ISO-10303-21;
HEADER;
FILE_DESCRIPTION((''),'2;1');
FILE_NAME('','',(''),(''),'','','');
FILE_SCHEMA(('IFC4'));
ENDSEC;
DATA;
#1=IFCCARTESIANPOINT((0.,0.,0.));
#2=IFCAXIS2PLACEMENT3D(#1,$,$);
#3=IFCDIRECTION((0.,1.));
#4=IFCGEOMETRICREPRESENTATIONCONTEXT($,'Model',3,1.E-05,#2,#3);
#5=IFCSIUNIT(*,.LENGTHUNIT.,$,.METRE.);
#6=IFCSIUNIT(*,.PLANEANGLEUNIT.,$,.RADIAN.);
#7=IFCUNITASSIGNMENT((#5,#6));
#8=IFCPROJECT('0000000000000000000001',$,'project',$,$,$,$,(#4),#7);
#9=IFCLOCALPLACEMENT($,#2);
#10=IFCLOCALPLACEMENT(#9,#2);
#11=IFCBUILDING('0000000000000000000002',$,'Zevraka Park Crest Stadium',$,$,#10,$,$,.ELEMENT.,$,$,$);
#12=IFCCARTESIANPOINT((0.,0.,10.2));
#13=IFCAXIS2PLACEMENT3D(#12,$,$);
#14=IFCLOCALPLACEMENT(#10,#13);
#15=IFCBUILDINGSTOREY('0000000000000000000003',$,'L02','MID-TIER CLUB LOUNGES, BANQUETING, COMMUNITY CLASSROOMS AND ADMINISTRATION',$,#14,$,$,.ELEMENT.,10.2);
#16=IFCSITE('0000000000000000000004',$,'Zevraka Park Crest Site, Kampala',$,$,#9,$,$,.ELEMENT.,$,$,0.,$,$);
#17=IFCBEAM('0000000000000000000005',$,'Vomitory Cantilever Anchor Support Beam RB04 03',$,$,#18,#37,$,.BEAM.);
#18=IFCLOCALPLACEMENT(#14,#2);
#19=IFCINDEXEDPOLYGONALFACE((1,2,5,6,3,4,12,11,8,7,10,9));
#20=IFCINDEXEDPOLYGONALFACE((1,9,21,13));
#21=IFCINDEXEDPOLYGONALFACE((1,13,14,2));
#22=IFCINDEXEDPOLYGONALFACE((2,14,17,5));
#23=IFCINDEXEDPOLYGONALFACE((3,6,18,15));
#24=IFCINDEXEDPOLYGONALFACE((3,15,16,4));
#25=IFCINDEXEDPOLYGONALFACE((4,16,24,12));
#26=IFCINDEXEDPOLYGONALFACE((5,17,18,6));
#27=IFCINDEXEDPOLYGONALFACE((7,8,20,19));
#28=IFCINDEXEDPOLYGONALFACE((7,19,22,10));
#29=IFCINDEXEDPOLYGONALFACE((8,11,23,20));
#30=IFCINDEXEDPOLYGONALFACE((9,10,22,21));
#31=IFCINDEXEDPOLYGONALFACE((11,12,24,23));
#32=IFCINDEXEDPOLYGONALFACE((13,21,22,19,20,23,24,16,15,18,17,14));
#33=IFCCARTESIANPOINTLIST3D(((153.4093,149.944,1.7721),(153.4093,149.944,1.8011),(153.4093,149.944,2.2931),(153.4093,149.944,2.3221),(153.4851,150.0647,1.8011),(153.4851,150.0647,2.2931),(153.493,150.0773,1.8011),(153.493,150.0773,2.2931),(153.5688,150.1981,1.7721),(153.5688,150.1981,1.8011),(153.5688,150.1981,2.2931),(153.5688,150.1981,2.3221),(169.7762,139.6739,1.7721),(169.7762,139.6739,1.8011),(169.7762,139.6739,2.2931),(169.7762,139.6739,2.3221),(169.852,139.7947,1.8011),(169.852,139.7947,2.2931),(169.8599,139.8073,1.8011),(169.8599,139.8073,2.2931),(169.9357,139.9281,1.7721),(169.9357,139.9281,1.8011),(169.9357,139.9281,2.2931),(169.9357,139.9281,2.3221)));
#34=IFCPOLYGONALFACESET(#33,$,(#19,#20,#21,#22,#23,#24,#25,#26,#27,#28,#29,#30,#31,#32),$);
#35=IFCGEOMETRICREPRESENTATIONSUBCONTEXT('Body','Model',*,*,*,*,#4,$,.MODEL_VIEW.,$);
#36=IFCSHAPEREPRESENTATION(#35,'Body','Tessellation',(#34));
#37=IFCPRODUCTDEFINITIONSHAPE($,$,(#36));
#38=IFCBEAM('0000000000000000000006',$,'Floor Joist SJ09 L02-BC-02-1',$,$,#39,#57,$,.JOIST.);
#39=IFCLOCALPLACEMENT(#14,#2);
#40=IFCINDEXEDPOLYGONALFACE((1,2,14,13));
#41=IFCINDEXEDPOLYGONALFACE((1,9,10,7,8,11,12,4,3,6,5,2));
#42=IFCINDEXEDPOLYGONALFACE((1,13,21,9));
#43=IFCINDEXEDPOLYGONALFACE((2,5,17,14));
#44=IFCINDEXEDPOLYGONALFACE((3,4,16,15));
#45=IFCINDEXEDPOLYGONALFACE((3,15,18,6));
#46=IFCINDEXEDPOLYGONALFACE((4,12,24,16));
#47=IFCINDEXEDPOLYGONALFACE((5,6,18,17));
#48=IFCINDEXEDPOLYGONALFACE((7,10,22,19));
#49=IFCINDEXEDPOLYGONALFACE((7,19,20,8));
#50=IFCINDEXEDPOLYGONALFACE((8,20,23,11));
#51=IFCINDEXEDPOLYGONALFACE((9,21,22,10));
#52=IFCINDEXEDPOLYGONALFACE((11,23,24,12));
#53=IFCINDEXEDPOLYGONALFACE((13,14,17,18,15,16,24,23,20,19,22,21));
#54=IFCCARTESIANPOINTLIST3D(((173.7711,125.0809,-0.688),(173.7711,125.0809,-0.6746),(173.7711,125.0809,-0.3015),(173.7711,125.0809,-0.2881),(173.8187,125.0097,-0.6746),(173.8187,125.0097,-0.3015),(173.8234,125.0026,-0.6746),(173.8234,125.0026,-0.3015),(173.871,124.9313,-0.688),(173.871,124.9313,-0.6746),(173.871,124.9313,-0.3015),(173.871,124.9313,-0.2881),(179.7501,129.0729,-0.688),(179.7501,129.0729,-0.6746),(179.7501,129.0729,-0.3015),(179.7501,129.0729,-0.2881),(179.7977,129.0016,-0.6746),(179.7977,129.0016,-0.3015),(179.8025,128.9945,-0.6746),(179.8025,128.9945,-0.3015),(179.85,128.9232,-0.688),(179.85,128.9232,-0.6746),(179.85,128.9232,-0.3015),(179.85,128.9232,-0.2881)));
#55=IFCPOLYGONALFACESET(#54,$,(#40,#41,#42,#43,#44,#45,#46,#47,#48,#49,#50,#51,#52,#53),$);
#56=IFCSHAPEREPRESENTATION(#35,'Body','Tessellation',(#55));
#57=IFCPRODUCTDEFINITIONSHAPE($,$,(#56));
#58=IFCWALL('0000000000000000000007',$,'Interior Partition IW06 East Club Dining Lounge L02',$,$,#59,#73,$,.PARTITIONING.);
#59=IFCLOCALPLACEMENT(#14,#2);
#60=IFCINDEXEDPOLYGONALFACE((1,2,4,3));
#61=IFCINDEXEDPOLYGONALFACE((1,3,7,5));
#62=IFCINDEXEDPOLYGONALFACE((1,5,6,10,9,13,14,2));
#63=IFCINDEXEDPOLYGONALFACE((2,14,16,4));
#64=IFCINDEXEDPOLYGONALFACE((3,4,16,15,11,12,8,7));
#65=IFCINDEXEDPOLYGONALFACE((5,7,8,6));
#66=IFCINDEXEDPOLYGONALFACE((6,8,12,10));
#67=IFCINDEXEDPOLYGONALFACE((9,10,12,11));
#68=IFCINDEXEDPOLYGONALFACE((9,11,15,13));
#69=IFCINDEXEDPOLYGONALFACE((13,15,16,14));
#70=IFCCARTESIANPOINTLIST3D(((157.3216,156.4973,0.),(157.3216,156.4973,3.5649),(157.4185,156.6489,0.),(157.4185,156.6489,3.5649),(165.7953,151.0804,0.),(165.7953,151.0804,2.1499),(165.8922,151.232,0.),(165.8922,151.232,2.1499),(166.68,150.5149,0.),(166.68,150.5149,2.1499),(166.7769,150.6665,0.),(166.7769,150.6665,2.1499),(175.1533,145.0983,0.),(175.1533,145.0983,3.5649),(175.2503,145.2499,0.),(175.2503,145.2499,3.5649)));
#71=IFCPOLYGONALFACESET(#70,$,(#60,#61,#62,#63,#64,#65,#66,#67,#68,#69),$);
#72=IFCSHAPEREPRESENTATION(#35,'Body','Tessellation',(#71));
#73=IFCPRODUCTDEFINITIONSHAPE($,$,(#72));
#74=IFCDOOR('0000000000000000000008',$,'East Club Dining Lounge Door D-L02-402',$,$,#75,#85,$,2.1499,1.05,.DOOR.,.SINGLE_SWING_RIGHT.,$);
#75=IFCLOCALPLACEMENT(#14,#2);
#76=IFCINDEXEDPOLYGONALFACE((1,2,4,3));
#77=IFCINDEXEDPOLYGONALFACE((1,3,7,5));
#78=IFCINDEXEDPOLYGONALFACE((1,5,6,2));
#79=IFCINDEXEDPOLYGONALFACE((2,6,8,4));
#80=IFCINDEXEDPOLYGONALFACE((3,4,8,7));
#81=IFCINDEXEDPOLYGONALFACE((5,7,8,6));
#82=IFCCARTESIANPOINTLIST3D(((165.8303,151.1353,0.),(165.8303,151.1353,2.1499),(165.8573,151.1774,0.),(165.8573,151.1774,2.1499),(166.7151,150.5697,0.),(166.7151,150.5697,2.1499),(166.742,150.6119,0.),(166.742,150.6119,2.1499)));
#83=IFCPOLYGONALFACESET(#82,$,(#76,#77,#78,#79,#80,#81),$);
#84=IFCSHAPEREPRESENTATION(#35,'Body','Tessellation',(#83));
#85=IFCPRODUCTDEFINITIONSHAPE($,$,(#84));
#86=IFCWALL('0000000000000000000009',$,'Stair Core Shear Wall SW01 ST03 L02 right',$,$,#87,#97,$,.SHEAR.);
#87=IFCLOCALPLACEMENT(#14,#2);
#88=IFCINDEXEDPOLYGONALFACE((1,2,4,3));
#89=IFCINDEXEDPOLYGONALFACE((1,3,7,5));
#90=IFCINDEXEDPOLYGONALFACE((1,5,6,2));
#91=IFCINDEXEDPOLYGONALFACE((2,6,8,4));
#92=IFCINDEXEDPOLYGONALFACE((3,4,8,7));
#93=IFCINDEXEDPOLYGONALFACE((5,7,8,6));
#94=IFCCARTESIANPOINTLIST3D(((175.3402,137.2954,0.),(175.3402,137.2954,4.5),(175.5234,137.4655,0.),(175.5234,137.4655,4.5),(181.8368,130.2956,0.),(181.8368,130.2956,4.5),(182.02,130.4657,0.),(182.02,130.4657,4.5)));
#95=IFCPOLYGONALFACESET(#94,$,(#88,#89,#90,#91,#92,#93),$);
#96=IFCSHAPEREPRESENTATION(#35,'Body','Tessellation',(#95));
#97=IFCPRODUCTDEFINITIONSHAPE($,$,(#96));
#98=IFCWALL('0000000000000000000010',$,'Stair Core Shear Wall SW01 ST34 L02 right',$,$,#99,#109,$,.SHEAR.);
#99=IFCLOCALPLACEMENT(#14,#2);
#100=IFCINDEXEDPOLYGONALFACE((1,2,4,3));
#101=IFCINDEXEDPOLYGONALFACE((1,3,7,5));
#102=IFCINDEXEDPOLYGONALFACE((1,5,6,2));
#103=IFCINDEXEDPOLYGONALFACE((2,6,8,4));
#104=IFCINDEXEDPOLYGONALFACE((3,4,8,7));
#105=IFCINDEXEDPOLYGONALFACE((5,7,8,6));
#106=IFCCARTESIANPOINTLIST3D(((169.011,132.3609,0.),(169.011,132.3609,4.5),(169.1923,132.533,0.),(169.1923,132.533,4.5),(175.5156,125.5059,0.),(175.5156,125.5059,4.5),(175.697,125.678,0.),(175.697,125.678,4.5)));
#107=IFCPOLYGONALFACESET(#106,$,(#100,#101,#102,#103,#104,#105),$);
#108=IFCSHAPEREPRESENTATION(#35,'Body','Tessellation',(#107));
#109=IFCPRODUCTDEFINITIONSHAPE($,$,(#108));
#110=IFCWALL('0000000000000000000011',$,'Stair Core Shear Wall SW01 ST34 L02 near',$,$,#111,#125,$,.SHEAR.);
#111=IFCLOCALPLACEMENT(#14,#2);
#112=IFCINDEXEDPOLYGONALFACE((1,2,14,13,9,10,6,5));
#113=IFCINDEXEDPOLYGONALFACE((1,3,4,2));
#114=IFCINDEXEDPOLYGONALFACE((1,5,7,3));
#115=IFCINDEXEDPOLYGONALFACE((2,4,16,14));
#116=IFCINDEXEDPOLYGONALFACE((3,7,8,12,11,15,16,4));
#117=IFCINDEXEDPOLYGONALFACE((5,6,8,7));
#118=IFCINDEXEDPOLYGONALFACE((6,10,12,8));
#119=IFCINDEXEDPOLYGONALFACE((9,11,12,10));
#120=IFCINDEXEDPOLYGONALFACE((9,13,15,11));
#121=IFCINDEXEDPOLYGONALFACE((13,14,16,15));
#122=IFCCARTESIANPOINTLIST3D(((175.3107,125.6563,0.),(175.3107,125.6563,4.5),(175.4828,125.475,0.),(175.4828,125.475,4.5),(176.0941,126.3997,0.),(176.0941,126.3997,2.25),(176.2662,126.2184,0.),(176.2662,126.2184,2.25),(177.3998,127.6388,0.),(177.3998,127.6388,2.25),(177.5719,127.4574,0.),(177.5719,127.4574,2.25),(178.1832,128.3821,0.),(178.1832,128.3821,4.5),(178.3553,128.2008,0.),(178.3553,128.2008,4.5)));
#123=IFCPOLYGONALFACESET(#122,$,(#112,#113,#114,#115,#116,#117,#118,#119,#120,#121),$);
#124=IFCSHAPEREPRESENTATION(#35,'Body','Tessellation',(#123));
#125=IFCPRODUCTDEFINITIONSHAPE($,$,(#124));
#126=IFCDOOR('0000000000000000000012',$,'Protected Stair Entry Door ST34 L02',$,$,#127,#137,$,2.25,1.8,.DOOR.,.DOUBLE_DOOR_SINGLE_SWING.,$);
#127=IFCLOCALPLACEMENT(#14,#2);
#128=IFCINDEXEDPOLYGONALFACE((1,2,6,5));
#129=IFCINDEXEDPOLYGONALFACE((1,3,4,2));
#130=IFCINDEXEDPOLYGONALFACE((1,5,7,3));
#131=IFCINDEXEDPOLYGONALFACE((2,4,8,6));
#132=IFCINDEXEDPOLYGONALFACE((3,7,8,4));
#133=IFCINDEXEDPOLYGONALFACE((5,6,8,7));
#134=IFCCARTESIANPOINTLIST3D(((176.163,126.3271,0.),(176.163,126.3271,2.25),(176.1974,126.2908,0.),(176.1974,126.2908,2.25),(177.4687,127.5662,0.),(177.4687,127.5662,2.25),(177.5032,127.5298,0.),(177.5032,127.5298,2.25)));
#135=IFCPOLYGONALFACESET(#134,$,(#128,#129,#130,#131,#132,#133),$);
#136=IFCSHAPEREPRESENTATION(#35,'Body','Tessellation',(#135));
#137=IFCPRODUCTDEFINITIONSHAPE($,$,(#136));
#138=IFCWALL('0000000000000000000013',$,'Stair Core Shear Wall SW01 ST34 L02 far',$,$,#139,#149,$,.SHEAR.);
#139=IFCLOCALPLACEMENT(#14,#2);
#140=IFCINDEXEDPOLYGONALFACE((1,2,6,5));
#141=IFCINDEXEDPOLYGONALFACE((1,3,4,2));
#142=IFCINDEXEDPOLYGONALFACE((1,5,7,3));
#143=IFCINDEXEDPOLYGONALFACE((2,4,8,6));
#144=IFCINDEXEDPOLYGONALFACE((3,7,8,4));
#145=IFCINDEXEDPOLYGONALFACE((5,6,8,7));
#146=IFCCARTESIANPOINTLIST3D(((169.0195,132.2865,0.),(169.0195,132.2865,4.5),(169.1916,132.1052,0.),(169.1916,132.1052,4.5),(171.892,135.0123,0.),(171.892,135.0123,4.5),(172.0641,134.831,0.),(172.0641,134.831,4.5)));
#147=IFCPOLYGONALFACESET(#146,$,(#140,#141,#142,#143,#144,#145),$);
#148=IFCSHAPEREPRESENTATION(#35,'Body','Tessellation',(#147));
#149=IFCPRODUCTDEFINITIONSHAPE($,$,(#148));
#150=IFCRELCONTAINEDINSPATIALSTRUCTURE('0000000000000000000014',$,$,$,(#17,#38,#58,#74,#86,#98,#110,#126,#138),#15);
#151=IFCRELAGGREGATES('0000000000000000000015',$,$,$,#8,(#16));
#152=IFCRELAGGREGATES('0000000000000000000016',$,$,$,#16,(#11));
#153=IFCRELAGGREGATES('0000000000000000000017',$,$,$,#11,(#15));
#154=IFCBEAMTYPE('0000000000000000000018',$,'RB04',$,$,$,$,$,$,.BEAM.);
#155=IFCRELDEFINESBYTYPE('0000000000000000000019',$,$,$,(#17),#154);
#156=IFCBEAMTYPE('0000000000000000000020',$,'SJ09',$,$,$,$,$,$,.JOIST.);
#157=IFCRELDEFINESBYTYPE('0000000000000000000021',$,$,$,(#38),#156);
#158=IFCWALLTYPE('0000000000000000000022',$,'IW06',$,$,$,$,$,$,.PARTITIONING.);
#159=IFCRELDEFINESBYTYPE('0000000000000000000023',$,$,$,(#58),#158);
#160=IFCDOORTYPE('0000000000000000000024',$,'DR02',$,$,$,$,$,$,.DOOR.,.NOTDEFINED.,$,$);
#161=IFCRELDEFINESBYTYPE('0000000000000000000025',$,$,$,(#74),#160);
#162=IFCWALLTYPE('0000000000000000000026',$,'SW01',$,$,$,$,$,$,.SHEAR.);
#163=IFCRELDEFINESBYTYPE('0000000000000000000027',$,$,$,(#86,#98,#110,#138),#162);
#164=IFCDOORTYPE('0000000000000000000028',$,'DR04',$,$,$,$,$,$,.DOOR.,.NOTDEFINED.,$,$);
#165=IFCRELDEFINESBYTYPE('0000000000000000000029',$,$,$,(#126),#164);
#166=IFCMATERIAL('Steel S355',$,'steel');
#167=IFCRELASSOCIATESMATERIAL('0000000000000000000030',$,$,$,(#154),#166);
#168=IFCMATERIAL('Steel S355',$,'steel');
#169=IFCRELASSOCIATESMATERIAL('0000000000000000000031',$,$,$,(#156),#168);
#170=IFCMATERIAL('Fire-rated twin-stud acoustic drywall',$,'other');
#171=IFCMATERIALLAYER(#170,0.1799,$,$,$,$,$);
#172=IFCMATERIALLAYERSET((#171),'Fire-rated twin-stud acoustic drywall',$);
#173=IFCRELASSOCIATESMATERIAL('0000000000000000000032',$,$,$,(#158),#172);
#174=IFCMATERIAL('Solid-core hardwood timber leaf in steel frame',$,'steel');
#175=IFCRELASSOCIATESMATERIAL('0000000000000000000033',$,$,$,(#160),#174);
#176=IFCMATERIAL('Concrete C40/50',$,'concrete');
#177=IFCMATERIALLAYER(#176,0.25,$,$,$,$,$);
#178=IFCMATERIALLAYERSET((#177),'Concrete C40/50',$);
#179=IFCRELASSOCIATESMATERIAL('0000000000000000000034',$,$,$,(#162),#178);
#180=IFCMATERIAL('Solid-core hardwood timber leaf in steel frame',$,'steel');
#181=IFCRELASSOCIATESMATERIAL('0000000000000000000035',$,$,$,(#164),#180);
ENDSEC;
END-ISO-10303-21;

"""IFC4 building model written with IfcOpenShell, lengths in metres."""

from ifc_helpers import new_model, si_unit, direction, frame, frame_2d, origin, origin_2d, place, context, subcontext, project, spatial, rectangle, i_section, extrude, material, layer, layer_set, material_profile, profile_set, type_object, element, fill, save


model = new_model("IFC4")

# Units and contexts
model_context = context("Model", 3, precision=1e-05, world=origin(), true_north=direction((0.0, 1.0)))
body_context = subcontext(model_context, "Body", "Model", "MODEL_VIEW")
ifc_project = project(units=[si_unit("LENGTHUNIT", "METRE"), si_unit("PLANEANGLEUNIT", "RADIAN")], contexts=[model_context])

# Site, building, storey
site_placement = place(None, origin())
site = spatial("IfcSite", under=ifc_project, at=site_placement, Name="Zevraka Park Crest Site, Kampala", CompositionType="ELEMENT", RefElevation=0.0)
building_placement = place(site_placement, origin())
building = spatial("IfcBuilding", under=site, at=building_placement, Name="Zevraka Park Crest Stadium", CompositionType="ELEMENT")
storey_placement = place(building_placement, frame((0.0, 0.0, 10.2)))
storey = spatial("IfcBuildingStorey", under=building, at=storey_placement, Name="L02", Description="MID-TIER CLUB LOUNGES, BANQUETING, COMMUNITY CLASSROOMS AND ADMINISTRATION", CompositionType="ELEMENT", Elevation=10.2)

# Beams
ifc_material_1 = material(Name="Steel S355", Category="steel")
ifc_material_profile_1 = material_profile(ifc_material_1, i_section(OverallWidth=0.3, OverallDepth=0.55, WebThickness=0.0149, FlangeThickness=0.0291, at=origin_2d()), Name="HEB 550")
ifc_profile_set_1 = profile_set([ifc_material_profile_1], Name="Steel S355")
beam_type_1 = type_object("IfcBeamType", Name="RB04", PredefinedType="BEAM", material=ifc_profile_set_1)
beam_1_placement = place(storey_placement, frame((169.856, 139.801, 2.0471), z_axis=(-0.847051, 0.531512, 0.0), x_axis=(-0.531512, -0.847051, 0.0)))
element("IfcBeam", 1, at=beam_1_placement, inside=storey, type_object=beam_type_1, Name="Vomitory Cantilever Anchor Support Beam RB04 03", PredefinedType="BEAM", context=body_context, shape_type="SweptSolid", body=[
    extrude(i_section(OverallWidth=0.3, OverallDepth=0.55, WebThickness=0.0149, FlangeThickness=0.0291, at=origin_2d()), origin(), (0.0, 0.0, 1.0), 19.3223),
])
ifc_material_2 = material(Name="Steel S355", Category="steel")
ifc_material_profile_2 = material_profile(ifc_material_2, i_section(OverallWidth=0.1799, OverallDepth=0.3999, WebThickness=0.0085, FlangeThickness=0.0134, at=origin_2d()), Name="IPE 400")
ifc_profile_set_2 = profile_set([ifc_material_profile_2], Name="Steel S355")
beam_type_2 = type_object("IfcBeamType", Name="SJ09", PredefinedType="JOIST", material=ifc_profile_set_2)
beam_2_placement = place(storey_placement, frame((173.821, 125.0061, -0.488), z_axis=(0.831669, 0.555272, 0.0), x_axis=(-0.555272, 0.831669, 0.0)))
element("IfcBeam", 2, at=beam_2_placement, inside=storey, type_object=beam_type_2, Name="Floor Joist SJ09 L02-BC-02-1", PredefinedType="JOIST", context=body_context, shape_type="SweptSolid", body=[
    extrude(i_section(OverallWidth=0.1799, OverallDepth=0.3999, WebThickness=0.0085, FlangeThickness=0.0134, at=origin_2d()), origin(), (0.0, 0.0, 1.0), 7.1892),
])

# Wall, opening, door
ifc_material_3 = material(Name="Fire-rated twin-stud acoustic drywall", Category="other")
ifc_layer_1 = layer(ifc_material_3, 0.1799)
ifc_layer_set_1 = layer_set([ifc_layer_1], Name="Fire-rated twin-stud acoustic drywall")
wall_type_1 = type_object("IfcWallType", Name="IW06", PredefinedType="PARTITIONING", material=ifc_layer_set_1)
wall_1_placement = place(storey_placement, frame((175.2019, 145.1741, 0.0), z_axis=(0.0, 0.0, 1.0), x_axis=(-0.842559, 0.538604, 0.0)))
wall_1 = element("IfcWall", 3, at=wall_1_placement, inside=storey, type_object=wall_type_1, Name="Interior Partition IW06 East Club Dining Lounge L02", PredefinedType="PARTITIONING", context=body_context, shape_type="SweptSolid", body=[
    extrude(rectangle(XDim=21.1638, YDim=0.1799, at=frame_2d((10.582, 0.0))), origin(), (0.0, 0.0, 1.0), 3.5649),
])
opening_1_placement = place(wall_1_placement, frame((10.0569, 0.0, 0.0)))
opening_1 = element("IfcOpeningElement", 4, at=opening_1_placement, cuts=wall_1, PredefinedType="OPENING", context=body_context, shape_type="SweptSolid", body=[
    extrude(rectangle(XDim=1.05, YDim=2.1499, at=frame_2d((0.5249, 1.075))), frame((0.0, 0.0999, 0.0), z_axis=(0.0, -1.0, 0.0), x_axis=(1.0, 0.0, 0.0)), (0.0, 0.0, 1.0), 0.2),
])
ifc_material_4 = material(Name="Solid-core hardwood timber leaf in steel frame", Category="steel")
door_type_1 = type_object("IfcDoorType", Name="DR02", OperationType="NOTDEFINED", PredefinedType="DOOR", material=ifc_material_4)
door_1_placement = place(opening_1_placement, origin())
door_1 = element("IfcDoor", 5, at=door_1_placement, inside=storey, type_object=door_type_1, Name="East Club Dining Lounge Door D-L02-402", OperationType="SINGLE_SWING_RIGHT", OverallHeight=2.1499, OverallWidth=1.05, PredefinedType="DOOR", context=body_context, shape_type="SweptSolid", body=[
    extrude(rectangle(XDim=1.05, YDim=2.1499, at=frame_2d((0.5249, 1.075))), frame((0.0, 0.0249, 0.0), z_axis=(0.0, -1.0, 0.0), x_axis=(1.0, 0.0, 0.0)), (0.0, 0.0, 1.0), 0.05),
])
fill(opening_1, door_1)

# Walls
ifc_material_5 = material(Name="Concrete C40/50", Category="concrete")
ifc_layer_2 = layer(ifc_material_5, 0.25)
ifc_layer_set_2 = layer_set([ifc_layer_2], Name="Concrete C40/50")
wall_type_2 = type_object("IfcWallType", Name="SW01", PredefinedType="SHEAR", material=ifc_layer_set_2)
wall_2_placement = place(storey_placement, frame((175.4319, 137.3804, 0.0), z_axis=(0.0, 0.0, 1.0), x_axis=(0.680272, -0.73296, 0.0)))
element("IfcWall", 6, at=wall_2_placement, inside=storey, type_object=wall_type_2, Name="Stair Core Shear Wall SW01 ST03 L02 right", PredefinedType="SHEAR", context=body_context, shape_type="SweptSolid", body=[
    extrude(rectangle(XDim=9.55, YDim=0.25, at=frame_2d((4.7749, 0.0))), origin(), (0.0, 0.0, 1.0), 4.5),
])
wall_3_placement = place(storey_placement, frame((169.1016, 132.447, 0.0), z_axis=(0.0, 0.0, 1.0), x_axis=(0.688327, -0.725401, 0.0)))
element("IfcWall", 7, at=wall_3_placement, inside=storey, type_object=wall_type_2, Name="Stair Core Shear Wall SW01 ST34 L02 right", PredefinedType="SHEAR", context=body_context, shape_type="SweptSolid", body=[
    extrude(rectangle(XDim=9.45, YDim=0.25, at=frame_2d((4.7251, 0.0))), origin(), (0.0, 0.0, 1.0), 4.5),
])

# Wall, opening, door
wall_4_placement = place(storey_placement, frame((175.3967, 125.5657, 0.0), z_axis=(0.0, 0.0, 1.0), x_axis=(0.72539, 0.688338, 0.0)))
wall_4 = element("IfcWall", 8, at=wall_4_placement, inside=storey, type_object=wall_type_2, Name="Stair Core Shear Wall SW01 ST34 L02 near", PredefinedType="SHEAR", context=body_context, shape_type="SweptSolid", body=[
    extrude(rectangle(XDim=3.96, YDim=0.25, at=frame_2d((1.98, 0.0))), origin(), (0.0, 0.0, 1.0), 4.5),
])
opening_2_placement = place(wall_4_placement, frame((1.0801, 0.0, 0.0)))
opening_2 = element("IfcOpeningElement", 9, at=opening_2_placement, cuts=wall_4, PredefinedType="OPENING", context=body_context, shape_type="SweptSolid", body=[
    extrude(rectangle(XDim=1.8, YDim=2.25, at=frame_2d((0.8999, 1.125))), frame((0.0, 0.135, 0.0), z_axis=(0.0, -1.0, 0.0), x_axis=(1.0, 0.0, 0.0)), (0.0, 0.0, 1.0), 0.27),
])
ifc_material_6 = material(Name="Solid-core hardwood timber leaf in steel frame", Category="steel")
door_type_2 = type_object("IfcDoorType", Name="DR04", OperationType="NOTDEFINED", PredefinedType="DOOR", material=ifc_material_6)
door_2_placement = place(opening_2_placement, origin())
door_2 = element("IfcDoor", 10, at=door_2_placement, inside=storey, type_object=door_type_2, Name="Protected Stair Entry Door ST34 L02", OperationType="DOUBLE_DOOR_SINGLE_SWING", OverallHeight=2.25, OverallWidth=1.8, PredefinedType="DOOR", context=body_context, shape_type="SweptSolid", body=[
    extrude(rectangle(XDim=1.8, YDim=2.25, at=frame_2d((0.8999, 1.125))), frame((0.0, 0.0249, 0.0), z_axis=(0.0, -1.0, 0.0), x_axis=(1.0, 0.0, 0.0)), (0.0, 0.0, 1.0), 0.05),
])
fill(opening_2, door_2)

# Wall
wall_5_placement = place(storey_placement, frame((171.978, 134.9216, 0.0), z_axis=(0.0, 0.0, 1.0), x_axis=(-0.72539, -0.688338, 0.0)))
element("IfcWall", 11, at=wall_5_placement, inside=storey, type_object=wall_type_2, Name="Stair Core Shear Wall SW01 ST34 L02 far", PredefinedType="SHEAR", context=body_context, shape_type="SweptSolid", body=[
    extrude(rectangle(XDim=3.96, YDim=0.25, at=frame_2d((1.98, 0.0))), origin(), (0.0, 0.0, 1.0), 4.5),
])

save(model, "model.ifc")
